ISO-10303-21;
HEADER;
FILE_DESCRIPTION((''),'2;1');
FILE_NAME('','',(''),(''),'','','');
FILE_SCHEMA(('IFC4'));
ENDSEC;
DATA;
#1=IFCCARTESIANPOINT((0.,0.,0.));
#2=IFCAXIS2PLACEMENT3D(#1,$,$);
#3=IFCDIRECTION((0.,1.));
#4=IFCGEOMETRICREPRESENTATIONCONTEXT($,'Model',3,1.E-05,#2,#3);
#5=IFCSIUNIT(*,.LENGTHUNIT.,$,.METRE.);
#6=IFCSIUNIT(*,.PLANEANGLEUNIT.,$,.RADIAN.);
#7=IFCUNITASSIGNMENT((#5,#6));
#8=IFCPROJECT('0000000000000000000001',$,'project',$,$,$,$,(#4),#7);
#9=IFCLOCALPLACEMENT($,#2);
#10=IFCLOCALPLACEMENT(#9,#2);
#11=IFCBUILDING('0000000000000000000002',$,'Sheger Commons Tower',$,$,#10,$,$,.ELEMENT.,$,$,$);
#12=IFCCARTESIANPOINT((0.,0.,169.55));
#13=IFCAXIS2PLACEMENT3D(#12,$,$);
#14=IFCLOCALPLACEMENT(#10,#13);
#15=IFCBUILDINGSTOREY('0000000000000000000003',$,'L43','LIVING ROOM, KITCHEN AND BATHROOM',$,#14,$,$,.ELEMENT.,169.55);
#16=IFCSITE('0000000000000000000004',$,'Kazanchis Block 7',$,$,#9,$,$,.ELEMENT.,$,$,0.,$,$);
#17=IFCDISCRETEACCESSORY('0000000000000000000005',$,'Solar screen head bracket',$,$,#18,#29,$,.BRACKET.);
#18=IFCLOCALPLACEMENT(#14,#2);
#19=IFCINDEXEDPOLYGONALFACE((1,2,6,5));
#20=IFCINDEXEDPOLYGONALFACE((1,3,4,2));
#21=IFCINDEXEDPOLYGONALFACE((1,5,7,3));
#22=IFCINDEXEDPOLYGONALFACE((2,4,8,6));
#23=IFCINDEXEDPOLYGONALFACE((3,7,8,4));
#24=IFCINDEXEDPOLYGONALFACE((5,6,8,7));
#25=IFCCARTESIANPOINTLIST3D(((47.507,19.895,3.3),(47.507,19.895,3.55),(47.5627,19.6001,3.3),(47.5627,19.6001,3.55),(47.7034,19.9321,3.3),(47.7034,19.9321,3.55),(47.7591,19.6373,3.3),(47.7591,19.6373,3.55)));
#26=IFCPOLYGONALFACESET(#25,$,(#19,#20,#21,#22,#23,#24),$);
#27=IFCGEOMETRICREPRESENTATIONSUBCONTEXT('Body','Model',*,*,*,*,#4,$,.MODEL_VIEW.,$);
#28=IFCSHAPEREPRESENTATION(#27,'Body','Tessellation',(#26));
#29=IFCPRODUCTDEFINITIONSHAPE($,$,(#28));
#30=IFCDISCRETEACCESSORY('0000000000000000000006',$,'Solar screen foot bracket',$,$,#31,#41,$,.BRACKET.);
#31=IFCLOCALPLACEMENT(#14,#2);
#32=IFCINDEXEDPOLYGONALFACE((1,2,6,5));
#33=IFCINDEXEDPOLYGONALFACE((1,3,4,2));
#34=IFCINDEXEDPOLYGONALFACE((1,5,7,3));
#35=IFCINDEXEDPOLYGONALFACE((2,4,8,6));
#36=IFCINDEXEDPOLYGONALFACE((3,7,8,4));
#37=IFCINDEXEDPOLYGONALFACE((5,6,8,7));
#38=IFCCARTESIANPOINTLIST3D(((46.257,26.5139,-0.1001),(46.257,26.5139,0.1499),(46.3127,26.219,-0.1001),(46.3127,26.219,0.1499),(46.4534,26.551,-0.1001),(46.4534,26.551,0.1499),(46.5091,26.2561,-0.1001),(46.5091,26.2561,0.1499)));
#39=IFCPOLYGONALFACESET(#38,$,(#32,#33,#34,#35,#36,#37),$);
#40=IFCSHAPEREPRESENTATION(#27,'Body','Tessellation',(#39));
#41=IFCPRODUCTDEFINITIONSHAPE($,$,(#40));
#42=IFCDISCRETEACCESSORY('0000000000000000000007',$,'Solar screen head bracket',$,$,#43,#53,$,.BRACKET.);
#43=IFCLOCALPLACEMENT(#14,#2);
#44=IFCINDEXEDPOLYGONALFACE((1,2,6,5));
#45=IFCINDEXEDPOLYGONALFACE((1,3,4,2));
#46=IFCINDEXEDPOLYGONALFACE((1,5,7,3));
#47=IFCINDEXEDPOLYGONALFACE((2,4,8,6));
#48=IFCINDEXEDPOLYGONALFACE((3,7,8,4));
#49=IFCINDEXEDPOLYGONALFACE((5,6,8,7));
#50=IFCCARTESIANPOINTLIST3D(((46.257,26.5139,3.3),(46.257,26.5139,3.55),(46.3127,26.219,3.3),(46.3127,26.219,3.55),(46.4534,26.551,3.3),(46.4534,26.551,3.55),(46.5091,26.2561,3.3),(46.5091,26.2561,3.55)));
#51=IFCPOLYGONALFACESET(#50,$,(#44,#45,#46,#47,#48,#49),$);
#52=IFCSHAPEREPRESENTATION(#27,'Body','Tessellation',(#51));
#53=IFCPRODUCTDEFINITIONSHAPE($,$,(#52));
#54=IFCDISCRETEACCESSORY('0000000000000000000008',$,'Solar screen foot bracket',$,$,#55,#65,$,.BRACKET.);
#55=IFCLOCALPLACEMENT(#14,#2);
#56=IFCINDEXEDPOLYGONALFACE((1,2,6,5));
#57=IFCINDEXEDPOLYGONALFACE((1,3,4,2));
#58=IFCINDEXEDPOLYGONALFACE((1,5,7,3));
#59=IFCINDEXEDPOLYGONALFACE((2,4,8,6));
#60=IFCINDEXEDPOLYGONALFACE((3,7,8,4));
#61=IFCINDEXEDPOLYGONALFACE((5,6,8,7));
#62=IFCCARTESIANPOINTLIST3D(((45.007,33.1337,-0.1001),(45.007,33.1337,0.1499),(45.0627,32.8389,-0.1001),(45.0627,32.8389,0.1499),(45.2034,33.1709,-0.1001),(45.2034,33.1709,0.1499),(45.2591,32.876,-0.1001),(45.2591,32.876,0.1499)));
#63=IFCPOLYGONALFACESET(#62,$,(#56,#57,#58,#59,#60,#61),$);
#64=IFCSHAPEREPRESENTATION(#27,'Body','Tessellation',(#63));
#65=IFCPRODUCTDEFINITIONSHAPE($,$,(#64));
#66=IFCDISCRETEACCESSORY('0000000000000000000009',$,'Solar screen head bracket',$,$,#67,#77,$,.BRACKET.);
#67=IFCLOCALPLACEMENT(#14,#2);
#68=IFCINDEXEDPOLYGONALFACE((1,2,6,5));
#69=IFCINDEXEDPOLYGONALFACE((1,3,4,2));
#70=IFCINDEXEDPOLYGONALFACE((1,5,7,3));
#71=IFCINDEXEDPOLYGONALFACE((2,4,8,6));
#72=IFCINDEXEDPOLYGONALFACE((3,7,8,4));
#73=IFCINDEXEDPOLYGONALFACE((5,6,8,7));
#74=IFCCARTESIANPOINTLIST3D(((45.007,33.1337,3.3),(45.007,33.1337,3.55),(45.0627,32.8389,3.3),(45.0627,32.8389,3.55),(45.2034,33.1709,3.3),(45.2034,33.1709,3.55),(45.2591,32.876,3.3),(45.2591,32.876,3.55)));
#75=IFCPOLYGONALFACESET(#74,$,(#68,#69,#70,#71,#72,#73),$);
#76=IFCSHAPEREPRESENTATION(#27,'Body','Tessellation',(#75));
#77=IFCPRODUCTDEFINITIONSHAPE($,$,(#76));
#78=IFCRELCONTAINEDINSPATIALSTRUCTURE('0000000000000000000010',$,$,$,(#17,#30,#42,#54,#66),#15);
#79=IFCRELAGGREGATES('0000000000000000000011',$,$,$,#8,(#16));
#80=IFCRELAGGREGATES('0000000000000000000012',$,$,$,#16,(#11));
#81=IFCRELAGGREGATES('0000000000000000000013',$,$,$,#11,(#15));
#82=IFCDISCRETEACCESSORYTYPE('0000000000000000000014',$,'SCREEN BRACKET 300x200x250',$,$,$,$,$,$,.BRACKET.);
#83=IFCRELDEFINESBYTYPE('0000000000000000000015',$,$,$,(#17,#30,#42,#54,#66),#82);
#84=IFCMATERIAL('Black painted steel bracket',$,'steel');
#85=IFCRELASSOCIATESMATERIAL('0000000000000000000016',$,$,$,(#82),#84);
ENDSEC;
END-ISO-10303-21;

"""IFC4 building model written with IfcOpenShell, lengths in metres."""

from ifc_helpers import new_model, si_unit, direction, frame, origin, origin_2d, place, context, subcontext, project, spatial, rectangle, extrude, material, type_object, element, save


model = new_model("IFC4")

# Units and contexts
model_context = context("Model", 3, precision=1e-05, world=origin(), true_north=direction((0.0, 1.0)))
body_context = subcontext(model_context, "Body", "Model", "MODEL_VIEW")
ifc_project = project(units=[si_unit("LENGTHUNIT", "METRE"), si_unit("PLANEANGLEUNIT", "RADIAN")], contexts=[model_context])

# Site, building, storey
site_placement = place(None, origin())
site = spatial("IfcSite", under=ifc_project, at=site_placement, Name="Kazanchis Block 7", CompositionType="ELEMENT", RefElevation=0.0)
building_placement = place(site_placement, origin())
building = spatial("IfcBuilding", under=site, at=building_placement, Name="Sheger Commons Tower", CompositionType="ELEMENT")
storey_placement = place(building_placement, frame((0.0, 0.0, 169.55)))
storey = spatial("IfcBuildingStorey", under=building, at=storey_placement, Name="L43", Description="LIVING ROOM, KITCHEN AND BATHROOM", CompositionType="ELEMENT", Elevation=169.55)

# Discrete accessories
ifc_material_1 = material(Name="Black painted steel bracket", Category="steel")
discrete_accessory_type = type_object("IfcDiscreteAccessoryType", Name="SCREEN BRACKET 300x200x250", PredefinedType="BRACKET", material=ifc_material_1)
for number, where, z_axis, x_axis, name in (
    (1, (47.6331, 19.7661, 3.3), (0.0, 0.0, 1.0), (-0.185615, 0.982623, 0.0), "Solar screen head bracket"),
    (2, (46.3831, 26.385, -0.1001), (0.0, 0.0, 1.0), (-0.185615, 0.982623, 0.0), "Solar screen foot bracket"),
    (3, (46.3831, 26.385, 3.3), (0.0, 0.0, 1.0), (-0.185615, 0.982623, 0.0), "Solar screen head bracket"),
    (4, (45.1331, 33.0049, -0.1001), (0.0, 0.0, 1.0), (-0.185615, 0.982623, 0.0), "Solar screen foot bracket"),
    (5, (45.1331, 33.0049, 3.3), (0.0, 0.0, 1.0), (-0.185615, 0.982623, 0.0), "Solar screen head bracket"),
):
    element("IfcDiscreteAccessory", number, at=place(storey_placement, frame(where, z_axis=z_axis, x_axis=x_axis)), inside=storey, type_object=discrete_accessory_type, Name=name, PredefinedType="BRACKET", context=body_context, shape_type="SweptSolid", body=[
        extrude(rectangle(XDim=0.3, YDim=0.2, at=origin_2d()), origin(), (0.0, 0.0, 1.0), 0.25),
    ])

save(model, "model.ifc")
